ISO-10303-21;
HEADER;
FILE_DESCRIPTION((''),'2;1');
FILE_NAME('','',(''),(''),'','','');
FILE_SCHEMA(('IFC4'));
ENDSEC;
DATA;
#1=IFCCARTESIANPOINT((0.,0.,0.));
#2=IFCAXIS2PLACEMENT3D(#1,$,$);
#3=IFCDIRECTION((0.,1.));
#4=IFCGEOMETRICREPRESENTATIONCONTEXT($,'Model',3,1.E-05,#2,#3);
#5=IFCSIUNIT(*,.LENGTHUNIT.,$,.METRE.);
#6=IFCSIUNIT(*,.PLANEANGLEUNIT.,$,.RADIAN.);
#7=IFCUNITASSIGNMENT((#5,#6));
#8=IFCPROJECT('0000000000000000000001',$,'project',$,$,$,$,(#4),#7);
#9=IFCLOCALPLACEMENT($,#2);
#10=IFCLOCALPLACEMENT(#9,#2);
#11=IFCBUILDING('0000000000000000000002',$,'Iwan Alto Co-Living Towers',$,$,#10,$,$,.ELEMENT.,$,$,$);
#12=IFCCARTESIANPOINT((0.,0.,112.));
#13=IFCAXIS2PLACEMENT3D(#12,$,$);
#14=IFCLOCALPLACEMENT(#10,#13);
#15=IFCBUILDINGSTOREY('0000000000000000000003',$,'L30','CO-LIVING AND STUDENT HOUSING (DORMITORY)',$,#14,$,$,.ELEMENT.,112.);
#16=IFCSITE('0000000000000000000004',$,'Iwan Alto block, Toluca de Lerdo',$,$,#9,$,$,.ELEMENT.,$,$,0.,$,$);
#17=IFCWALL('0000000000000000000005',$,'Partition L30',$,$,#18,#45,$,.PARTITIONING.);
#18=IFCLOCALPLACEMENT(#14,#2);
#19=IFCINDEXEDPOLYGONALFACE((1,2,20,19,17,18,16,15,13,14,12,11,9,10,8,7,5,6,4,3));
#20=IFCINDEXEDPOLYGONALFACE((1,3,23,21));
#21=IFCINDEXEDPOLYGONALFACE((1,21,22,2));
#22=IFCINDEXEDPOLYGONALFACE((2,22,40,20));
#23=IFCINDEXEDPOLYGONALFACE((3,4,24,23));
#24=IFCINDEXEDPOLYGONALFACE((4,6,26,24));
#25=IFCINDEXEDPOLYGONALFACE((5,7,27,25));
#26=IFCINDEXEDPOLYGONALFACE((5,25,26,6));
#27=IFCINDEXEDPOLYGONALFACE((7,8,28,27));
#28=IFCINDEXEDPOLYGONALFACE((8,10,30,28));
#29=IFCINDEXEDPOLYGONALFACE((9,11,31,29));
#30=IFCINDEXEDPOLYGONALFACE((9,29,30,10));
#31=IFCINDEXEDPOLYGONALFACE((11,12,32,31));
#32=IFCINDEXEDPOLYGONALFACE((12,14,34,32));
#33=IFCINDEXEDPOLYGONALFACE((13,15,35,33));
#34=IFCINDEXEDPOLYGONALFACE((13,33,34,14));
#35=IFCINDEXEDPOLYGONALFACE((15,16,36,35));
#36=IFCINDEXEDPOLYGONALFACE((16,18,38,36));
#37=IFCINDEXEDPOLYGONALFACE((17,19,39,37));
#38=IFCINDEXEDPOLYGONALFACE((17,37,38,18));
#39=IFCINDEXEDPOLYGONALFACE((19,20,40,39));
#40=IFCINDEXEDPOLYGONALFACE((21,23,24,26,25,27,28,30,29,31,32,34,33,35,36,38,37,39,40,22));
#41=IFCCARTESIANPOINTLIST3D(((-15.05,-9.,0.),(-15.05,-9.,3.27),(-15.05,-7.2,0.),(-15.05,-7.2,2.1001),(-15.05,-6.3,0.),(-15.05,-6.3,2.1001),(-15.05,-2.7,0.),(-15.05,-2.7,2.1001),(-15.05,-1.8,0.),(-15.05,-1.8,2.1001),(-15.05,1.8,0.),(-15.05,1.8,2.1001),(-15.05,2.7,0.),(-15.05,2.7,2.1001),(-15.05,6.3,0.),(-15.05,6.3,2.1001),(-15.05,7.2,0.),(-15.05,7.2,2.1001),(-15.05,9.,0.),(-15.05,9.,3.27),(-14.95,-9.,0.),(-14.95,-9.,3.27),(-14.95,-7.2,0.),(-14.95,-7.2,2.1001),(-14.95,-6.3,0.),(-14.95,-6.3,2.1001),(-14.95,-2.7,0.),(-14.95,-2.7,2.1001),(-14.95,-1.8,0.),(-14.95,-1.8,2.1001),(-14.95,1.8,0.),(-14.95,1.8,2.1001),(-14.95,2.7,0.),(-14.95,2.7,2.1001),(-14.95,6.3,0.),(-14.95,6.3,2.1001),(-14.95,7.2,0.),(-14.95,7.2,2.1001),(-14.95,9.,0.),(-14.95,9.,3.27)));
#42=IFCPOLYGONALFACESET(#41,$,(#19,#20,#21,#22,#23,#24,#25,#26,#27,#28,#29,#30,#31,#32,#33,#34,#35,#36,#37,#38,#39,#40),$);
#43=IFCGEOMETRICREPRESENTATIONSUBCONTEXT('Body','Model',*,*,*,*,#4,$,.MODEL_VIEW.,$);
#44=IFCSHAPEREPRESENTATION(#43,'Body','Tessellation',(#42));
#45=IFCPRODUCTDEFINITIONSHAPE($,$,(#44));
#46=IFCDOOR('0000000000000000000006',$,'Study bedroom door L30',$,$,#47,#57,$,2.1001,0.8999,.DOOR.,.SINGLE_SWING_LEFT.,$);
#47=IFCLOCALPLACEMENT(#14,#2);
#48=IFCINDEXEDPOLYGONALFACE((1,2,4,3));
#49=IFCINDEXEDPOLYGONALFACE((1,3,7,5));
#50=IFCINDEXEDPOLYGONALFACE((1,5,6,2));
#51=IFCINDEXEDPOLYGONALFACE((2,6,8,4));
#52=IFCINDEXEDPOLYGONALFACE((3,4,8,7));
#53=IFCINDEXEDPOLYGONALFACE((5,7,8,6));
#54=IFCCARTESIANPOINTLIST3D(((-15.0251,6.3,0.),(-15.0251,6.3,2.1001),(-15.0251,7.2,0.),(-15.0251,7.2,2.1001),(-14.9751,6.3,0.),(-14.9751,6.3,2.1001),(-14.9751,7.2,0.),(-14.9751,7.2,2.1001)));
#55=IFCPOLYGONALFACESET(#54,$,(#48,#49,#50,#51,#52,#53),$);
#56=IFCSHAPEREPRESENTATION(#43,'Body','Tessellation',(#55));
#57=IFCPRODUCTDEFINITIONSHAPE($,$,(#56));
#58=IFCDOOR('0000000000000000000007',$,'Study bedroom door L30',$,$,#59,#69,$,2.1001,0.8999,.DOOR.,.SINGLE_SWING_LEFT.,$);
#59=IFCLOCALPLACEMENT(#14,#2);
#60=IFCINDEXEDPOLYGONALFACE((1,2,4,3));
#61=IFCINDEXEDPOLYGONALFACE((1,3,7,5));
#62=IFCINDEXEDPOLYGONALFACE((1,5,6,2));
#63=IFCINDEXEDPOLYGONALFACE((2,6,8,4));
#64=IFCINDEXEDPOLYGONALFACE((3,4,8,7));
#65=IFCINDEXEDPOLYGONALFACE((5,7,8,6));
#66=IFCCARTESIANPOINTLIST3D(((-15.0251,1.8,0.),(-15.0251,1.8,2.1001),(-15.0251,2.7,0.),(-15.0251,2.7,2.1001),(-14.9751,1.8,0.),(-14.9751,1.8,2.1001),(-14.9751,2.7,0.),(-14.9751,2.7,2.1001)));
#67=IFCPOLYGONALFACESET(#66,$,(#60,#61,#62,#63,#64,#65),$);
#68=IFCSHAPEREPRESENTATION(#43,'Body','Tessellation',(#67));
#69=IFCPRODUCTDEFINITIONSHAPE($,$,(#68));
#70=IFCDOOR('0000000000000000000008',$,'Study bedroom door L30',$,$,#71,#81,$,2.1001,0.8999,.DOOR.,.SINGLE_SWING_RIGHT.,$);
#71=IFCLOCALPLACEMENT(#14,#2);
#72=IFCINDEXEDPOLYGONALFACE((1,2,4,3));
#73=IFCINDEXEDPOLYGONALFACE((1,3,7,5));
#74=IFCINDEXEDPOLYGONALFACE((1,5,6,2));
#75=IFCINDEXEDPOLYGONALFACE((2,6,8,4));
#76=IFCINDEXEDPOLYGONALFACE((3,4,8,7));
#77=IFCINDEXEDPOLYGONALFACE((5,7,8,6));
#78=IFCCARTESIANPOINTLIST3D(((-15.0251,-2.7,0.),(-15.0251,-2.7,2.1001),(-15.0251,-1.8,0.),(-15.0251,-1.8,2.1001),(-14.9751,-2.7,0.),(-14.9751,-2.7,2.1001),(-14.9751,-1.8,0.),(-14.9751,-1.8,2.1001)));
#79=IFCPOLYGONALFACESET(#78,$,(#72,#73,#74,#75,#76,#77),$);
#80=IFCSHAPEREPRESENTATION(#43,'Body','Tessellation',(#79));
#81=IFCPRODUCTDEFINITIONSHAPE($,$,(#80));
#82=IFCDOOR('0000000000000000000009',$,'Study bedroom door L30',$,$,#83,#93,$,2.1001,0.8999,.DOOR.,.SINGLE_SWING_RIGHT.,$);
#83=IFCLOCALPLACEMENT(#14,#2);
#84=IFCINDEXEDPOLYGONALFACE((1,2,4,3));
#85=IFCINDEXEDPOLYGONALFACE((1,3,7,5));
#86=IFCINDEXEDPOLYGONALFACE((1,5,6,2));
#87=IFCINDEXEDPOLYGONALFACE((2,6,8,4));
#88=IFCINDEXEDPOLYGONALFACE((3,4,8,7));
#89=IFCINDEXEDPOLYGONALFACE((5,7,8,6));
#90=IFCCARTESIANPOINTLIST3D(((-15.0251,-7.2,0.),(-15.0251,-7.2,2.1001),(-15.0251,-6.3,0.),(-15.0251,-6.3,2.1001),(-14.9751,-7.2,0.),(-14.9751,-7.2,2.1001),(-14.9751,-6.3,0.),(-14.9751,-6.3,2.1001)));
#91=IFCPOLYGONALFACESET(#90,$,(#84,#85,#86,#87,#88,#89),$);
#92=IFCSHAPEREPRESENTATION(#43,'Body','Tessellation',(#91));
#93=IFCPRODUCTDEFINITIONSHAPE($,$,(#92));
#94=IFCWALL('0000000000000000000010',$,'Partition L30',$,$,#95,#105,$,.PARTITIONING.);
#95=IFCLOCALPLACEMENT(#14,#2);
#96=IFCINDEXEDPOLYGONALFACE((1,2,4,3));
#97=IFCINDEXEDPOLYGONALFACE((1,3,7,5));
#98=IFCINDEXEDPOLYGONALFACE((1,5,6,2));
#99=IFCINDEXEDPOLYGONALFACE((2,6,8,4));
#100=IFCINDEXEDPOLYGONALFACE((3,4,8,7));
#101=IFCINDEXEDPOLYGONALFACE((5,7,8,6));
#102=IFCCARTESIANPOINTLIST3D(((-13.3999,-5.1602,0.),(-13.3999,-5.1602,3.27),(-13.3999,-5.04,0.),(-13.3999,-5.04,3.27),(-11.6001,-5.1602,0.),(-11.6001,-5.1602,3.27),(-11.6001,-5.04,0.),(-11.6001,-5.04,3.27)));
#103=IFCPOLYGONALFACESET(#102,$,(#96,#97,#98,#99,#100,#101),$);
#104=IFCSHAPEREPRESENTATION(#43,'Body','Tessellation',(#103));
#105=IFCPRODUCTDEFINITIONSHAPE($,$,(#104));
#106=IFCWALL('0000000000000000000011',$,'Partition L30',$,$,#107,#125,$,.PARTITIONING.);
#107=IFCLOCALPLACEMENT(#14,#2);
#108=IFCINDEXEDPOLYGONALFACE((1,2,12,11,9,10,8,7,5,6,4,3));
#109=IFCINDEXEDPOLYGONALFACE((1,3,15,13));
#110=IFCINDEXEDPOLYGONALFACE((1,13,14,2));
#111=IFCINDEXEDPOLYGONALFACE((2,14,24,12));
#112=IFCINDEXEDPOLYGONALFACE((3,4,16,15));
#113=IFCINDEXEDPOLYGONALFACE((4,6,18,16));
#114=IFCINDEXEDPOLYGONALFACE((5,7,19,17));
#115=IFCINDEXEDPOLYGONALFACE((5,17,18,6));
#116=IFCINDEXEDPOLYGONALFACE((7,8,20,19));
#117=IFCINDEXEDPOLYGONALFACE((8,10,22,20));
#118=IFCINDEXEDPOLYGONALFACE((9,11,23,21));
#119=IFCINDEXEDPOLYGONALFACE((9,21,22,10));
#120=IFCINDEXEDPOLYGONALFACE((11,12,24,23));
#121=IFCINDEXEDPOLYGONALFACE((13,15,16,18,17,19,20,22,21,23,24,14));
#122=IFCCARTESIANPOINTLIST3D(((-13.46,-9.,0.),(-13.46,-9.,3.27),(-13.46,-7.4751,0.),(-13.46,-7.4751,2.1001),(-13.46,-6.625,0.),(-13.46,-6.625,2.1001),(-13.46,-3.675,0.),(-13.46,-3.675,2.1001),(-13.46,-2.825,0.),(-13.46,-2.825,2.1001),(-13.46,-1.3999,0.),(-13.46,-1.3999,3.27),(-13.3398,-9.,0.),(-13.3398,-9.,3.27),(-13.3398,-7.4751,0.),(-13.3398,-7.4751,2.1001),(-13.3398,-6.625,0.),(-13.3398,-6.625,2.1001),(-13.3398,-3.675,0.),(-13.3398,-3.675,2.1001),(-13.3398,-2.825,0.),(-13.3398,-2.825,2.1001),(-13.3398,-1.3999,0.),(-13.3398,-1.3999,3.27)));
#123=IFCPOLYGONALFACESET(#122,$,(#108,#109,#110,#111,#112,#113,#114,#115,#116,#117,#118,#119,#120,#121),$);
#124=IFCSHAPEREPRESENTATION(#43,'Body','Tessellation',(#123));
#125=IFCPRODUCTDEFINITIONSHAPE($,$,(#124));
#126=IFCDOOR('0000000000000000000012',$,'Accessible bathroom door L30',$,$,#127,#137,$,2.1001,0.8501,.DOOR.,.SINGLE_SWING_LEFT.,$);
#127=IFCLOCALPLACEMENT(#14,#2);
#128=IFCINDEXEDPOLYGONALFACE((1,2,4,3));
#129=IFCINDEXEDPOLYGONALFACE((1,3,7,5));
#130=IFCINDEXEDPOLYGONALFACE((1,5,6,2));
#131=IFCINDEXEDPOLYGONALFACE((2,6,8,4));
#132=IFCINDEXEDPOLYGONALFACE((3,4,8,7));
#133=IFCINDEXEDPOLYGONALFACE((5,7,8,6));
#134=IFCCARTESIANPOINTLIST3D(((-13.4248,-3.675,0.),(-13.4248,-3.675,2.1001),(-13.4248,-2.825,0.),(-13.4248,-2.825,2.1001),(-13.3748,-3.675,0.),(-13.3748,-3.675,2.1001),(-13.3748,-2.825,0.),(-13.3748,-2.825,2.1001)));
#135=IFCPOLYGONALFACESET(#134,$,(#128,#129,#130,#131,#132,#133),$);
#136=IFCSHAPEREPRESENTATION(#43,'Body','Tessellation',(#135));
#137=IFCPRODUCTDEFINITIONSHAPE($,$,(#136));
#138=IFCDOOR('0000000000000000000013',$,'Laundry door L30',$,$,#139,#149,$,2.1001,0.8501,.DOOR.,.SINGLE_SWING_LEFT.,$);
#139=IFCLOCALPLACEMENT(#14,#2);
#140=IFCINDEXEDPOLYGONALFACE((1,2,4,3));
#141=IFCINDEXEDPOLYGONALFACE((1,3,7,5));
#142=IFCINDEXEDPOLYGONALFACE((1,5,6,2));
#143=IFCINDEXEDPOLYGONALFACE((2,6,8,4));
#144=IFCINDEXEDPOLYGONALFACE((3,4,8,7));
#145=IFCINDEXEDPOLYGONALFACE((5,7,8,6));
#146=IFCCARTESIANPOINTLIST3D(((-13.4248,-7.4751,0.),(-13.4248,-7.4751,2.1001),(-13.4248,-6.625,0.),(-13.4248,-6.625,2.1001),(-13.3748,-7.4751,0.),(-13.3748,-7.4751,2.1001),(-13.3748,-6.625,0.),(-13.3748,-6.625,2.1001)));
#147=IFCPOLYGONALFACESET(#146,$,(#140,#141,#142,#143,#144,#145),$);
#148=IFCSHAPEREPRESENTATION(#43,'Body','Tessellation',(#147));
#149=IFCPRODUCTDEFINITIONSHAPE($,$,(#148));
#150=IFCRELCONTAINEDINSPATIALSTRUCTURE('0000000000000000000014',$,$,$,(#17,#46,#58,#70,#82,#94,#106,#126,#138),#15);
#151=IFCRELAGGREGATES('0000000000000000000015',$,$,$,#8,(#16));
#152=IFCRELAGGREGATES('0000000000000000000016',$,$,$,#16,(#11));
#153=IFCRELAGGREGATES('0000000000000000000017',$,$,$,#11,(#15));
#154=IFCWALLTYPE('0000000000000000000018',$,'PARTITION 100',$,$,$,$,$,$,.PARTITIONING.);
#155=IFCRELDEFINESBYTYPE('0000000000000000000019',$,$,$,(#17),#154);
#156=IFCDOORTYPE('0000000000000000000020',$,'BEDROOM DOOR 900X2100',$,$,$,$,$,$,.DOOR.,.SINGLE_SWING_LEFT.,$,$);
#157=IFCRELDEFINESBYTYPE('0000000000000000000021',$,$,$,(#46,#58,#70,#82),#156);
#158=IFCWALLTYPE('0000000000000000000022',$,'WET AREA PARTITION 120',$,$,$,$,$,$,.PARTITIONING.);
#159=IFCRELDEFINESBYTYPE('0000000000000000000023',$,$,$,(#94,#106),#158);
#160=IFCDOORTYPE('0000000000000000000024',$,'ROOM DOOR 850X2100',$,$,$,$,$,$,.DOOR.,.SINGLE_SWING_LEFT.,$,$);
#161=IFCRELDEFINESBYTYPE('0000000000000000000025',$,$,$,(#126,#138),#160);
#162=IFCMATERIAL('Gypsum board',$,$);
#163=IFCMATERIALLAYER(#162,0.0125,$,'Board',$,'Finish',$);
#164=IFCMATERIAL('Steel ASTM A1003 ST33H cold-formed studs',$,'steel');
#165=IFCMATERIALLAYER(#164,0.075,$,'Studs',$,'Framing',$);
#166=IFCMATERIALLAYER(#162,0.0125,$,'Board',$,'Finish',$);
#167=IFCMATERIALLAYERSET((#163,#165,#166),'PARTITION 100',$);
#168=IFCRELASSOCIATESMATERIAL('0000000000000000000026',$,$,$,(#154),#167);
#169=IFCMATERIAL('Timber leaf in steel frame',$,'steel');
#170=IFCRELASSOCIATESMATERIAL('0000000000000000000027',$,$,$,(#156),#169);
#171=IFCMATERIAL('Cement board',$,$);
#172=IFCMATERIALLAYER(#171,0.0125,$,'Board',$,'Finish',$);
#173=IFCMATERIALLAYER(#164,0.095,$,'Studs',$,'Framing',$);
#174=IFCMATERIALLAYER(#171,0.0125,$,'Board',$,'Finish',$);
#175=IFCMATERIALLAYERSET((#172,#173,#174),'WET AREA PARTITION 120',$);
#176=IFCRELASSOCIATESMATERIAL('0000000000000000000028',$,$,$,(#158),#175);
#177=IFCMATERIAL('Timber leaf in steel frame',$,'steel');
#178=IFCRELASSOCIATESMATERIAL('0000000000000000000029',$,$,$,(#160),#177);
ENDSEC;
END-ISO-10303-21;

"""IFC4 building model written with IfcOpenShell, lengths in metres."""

from ifc_helpers import new_model, si_unit, direction, frame, frame_2d, origin, place, context, subcontext, project, spatial, rectangle, extrude, material, layer, layer_set, type_object, element, fill, save


model = new_model("IFC4")

# Units and contexts
model_context = context("Model", 3, precision=1e-05, world=origin(), true_north=direction((0.0, 1.0)))
body_context = subcontext(model_context, "Body", "Model", "MODEL_VIEW")
ifc_project = project(units=[si_unit("LENGTHUNIT", "METRE"), si_unit("PLANEANGLEUNIT", "RADIAN")], contexts=[model_context])

# Site, building, storey
site_placement = place(None, origin())
site = spatial("IfcSite", under=ifc_project, at=site_placement, Name="Iwan Alto block, Toluca de Lerdo", CompositionType="ELEMENT", RefElevation=0.0)
building_placement = place(site_placement, origin())
building = spatial("IfcBuilding", under=site, at=building_placement, Name="Iwan Alto Co-Living Towers", CompositionType="ELEMENT")
storey_placement = place(building_placement, frame((0.0, 0.0, 112.0)))
storey = spatial("IfcBuildingStorey", under=building, at=storey_placement, Name="L30", Description="CO-LIVING AND STUDENT HOUSING (DORMITORY)", CompositionType="ELEMENT", Elevation=112.0)

# Shared definitions
ifc_material_1 = material(Name="Gypsum board")
ifc_material_2 = material(Name="Steel ASTM A1003 ST33H cold-formed studs", Category="steel")

# Wall, openings, doors
ifc_layer_1 = layer(ifc_material_1, 0.0125, Name="Board", Category="Finish")
ifc_layer_2 = layer(ifc_material_2, 0.075, Name="Studs", Category="Framing")
ifc_layer_3 = layer(ifc_material_1, 0.0125, Name="Board", Category="Finish")
ifc_layer_set_1 = layer_set([ifc_layer_1, ifc_layer_2, ifc_layer_3], Name="PARTITION 100")
wall_type_1 = type_object("IfcWallType", Name="PARTITION 100", PredefinedType="PARTITIONING", material=ifc_layer_set_1)
wall_1_placement = place(storey_placement, frame((-15.0, -9.0, 0.0), z_axis=(0.0, 0.0, 1.0), x_axis=(0.0, 1.0, 0.0)))
wall_1 = element("IfcWall", 1, at=wall_1_placement, inside=storey, type_object=wall_type_1, Name="Partition L30", PredefinedType="PARTITIONING", context=body_context, shape_type="SweptSolid", body=[
    extrude(rectangle(XDim=18.0, YDim=0.1001, at=frame_2d((9.0, 0.0))), origin(), (0.0, 0.0, 1.0), 3.27),
])
opening_1_placement = place(wall_1_placement, frame((15.3, 0.0, 0.0)))
opening_1 = element("IfcOpeningElement", 2, at=opening_1_placement, cuts=wall_1, PredefinedType="OPENING", context=body_context, shape_type="SweptSolid", body=[
    extrude(rectangle(XDim=0.8999, YDim=2.1001, at=frame_2d((0.45, 1.05))), frame((0.0, 0.0601, 0.0), z_axis=(0.0, -1.0, 0.0), x_axis=(1.0, 0.0, 0.0)), (0.0, 0.0, 1.0), 0.1201),
])
opening_2_placement = place(wall_1_placement, frame((10.8, 0.0, 0.0)))
opening_2 = element("IfcOpeningElement", 3, at=opening_2_placement, cuts=wall_1, PredefinedType="OPENING", context=body_context, shape_type="SweptSolid", body=[
    extrude(rectangle(XDim=0.8999, YDim=2.1001, at=frame_2d((0.45, 1.05))), frame((0.0, 0.0601, 0.0), z_axis=(0.0, -1.0, 0.0), x_axis=(1.0, 0.0, 0.0)), (0.0, 0.0, 1.0), 0.1201),
])
opening_3_placement = place(wall_1_placement, frame((6.3, 0.0, 0.0)))
opening_3 = element("IfcOpeningElement", 4, at=opening_3_placement, cuts=wall_1, PredefinedType="OPENING", context=body_context, shape_type="SweptSolid", body=[
    extrude(rectangle(XDim=0.8999, YDim=2.1001, at=frame_2d((0.45, 1.05))), frame((0.0, 0.0601, 0.0), z_axis=(0.0, -1.0, 0.0), x_axis=(1.0, 0.0, 0.0)), (0.0, 0.0, 1.0), 0.1201),
])
opening_4_placement = place(wall_1_placement, frame((1.8, 0.0, 0.0)))
opening_4 = element("IfcOpeningElement", 5, at=opening_4_placement, cuts=wall_1, PredefinedType="OPENING", context=body_context, shape_type="SweptSolid", body=[
    extrude(rectangle(XDim=0.8999, YDim=2.1001, at=frame_2d((0.45, 1.05))), frame((0.0, 0.0601, 0.0), z_axis=(0.0, -1.0, 0.0), x_axis=(1.0, 0.0, 0.0)), (0.0, 0.0, 1.0), 0.1201),
])
ifc_material_3 = material(Name="Timber leaf in steel frame", Category="steel")
door_type_1 = type_object("IfcDoorType", Name="BEDROOM DOOR 900X2100", OperationType="SINGLE_SWING_LEFT", PredefinedType="DOOR", material=ifc_material_3)
door_1_placement = place(opening_1_placement, frame((0.8999, 0.0, 0.0), z_axis=(0.0, 0.0, 1.0), x_axis=(-1.0, 0.0, 0.0)))
door_1 = element("IfcDoor", 6, at=door_1_placement, inside=storey, type_object=door_type_1, Name="Study bedroom door L30", OperationType="SINGLE_SWING_LEFT", OverallHeight=2.1001, OverallWidth=0.8999, PredefinedType="DOOR", context=body_context, shape_type="SweptSolid", body=[
    extrude(rectangle(XDim=0.8999, YDim=2.1001, at=frame_2d((0.45, 1.05))), frame((0.0, 0.0249, 0.0), z_axis=(0.0, -1.0, 0.0), x_axis=(1.0, 0.0, 0.0)), (0.0, 0.0, 1.0), 0.05),
])
fill(opening_1, door_1)
door_2_placement = place(opening_2_placement, frame((0.8999, 0.0, 0.0), z_axis=(0.0, 0.0, 1.0), x_axis=(-1.0, 0.0, 0.0)))
door_2 = element("IfcDoor", 7, at=door_2_placement, inside=storey, type_object=door_type_1, Name="Study bedroom door L30", OperationType="SINGLE_SWING_LEFT", OverallHeight=2.1001, OverallWidth=0.8999, PredefinedType="DOOR", context=body_context, shape_type="SweptSolid", body=[
    extrude(rectangle(XDim=0.8999, YDim=2.1001, at=frame_2d((0.45, 1.05))), frame((0.0, 0.0249, 0.0), z_axis=(0.0, -1.0, 0.0), x_axis=(1.0, 0.0, 0.0)), (0.0, 0.0, 1.0), 0.05),
])
fill(opening_2, door_2)
door_3_placement = place(opening_3_placement, frame((0.8999, 0.0, 0.0), z_axis=(0.0, 0.0, 1.0), x_axis=(-1.0, 0.0, 0.0)))
door_3 = element("IfcDoor", 8, at=door_3_placement, inside=storey, type_object=door_type_1, Name="Study bedroom door L30", OperationType="SINGLE_SWING_RIGHT", OverallHeight=2.1001, OverallWidth=0.8999, PredefinedType="DOOR", context=body_context, shape_type="SweptSolid", body=[
    extrude(rectangle(XDim=0.8999, YDim=2.1001, at=frame_2d((0.45, 1.05))), frame((0.0, 0.0249, 0.0), z_axis=(0.0, -1.0, 0.0), x_axis=(1.0, 0.0, 0.0)), (0.0, 0.0, 1.0), 0.05),
])
fill(opening_3, door_3)
door_4_placement = place(opening_4_placement, frame((0.8999, 0.0, 0.0), z_axis=(0.0, 0.0, 1.0), x_axis=(-1.0, 0.0, 0.0)))
door_4 = element("IfcDoor", 9, at=door_4_placement, inside=storey, type_object=door_type_1, Name="Study bedroom door L30", OperationType="SINGLE_SWING_RIGHT", OverallHeight=2.1001, OverallWidth=0.8999, PredefinedType="DOOR", context=body_context, shape_type="SweptSolid", body=[
    extrude(rectangle(XDim=0.8999, YDim=2.1001, at=frame_2d((0.45, 1.05))), frame((0.0, 0.0249, 0.0), z_axis=(0.0, -1.0, 0.0), x_axis=(1.0, 0.0, 0.0)), (0.0, 0.0, 1.0), 0.05),
])
fill(opening_4, door_4)

# Wall
ifc_material_4 = material(Name="Cement board")
ifc_layer_4 = layer(ifc_material_4, 0.0125, Name="Board", Category="Finish")
ifc_layer_5 = layer(ifc_material_2, 0.095, Name="Studs", Category="Framing")
ifc_layer_6 = layer(ifc_material_4, 0.0125, Name="Board", Category="Finish")
ifc_layer_set_2 = layer_set([ifc_layer_4, ifc_layer_5, ifc_layer_6], Name="WET AREA PARTITION 120")
wall_type_2 = type_object("IfcWallType", Name="WET AREA PARTITION 120", PredefinedType="PARTITIONING", material=ifc_layer_set_2)
wall_2_placement = place(storey_placement, frame((-13.3999, -5.1001, 0.0), z_axis=(0.0, 0.0, 1.0), x_axis=(1.0, 0.0, 0.0)))
element("IfcWall", 10, at=wall_2_placement, inside=storey, type_object=wall_type_2, Name="Partition L30", PredefinedType="PARTITIONING", context=body_context, shape_type="SweptSolid", body=[
    extrude(rectangle(XDim=1.7998, YDim=0.1201, at=frame_2d((0.8999, 0.0))), origin(), (0.0, 0.0, 1.0), 3.27),
])

# Wall, openings, doors
wall_3_placement = place(storey_placement, frame((-13.3999, -9.0, 0.0), z_axis=(0.0, 0.0, 1.0), x_axis=(0.0, 1.0, 0.0)))
wall_3 = element("IfcWall", 11, at=wall_3_placement, inside=storey, type_object=wall_type_2, Name="Partition L30", PredefinedType="PARTITIONING", context=body_context, shape_type="SweptSolid", body=[
    extrude(rectangle(XDim=7.6001, YDim=0.1201, at=frame_2d((3.8, 0.0))), origin(), (0.0, 0.0, 1.0), 3.27),
])
opening_5_placement = place(wall_3_placement, frame((5.325, 0.0, 0.0)))
opening_5 = element("IfcOpeningElement", 12, at=opening_5_placement, cuts=wall_3, PredefinedType="OPENING", context=body_context, shape_type="SweptSolid", body=[
    extrude(rectangle(XDim=0.8501, YDim=2.1001, at=frame_2d((0.425, 1.05))), frame((0.0, 0.0701, 0.0), z_axis=(0.0, -1.0, 0.0), x_axis=(1.0, 0.0, 0.0)), (0.0, 0.0, 1.0), 0.1401),
])
opening_6_placement = place(wall_3_placement, frame((1.5249, 0.0, 0.0)))
opening_6 = element("IfcOpeningElement", 13, at=opening_6_placement, cuts=wall_3, PredefinedType="OPENING", context=body_context, shape_type="SweptSolid", body=[
    extrude(rectangle(XDim=0.8501, YDim=2.1001, at=frame_2d((0.425, 1.05))), frame((0.0, 0.0701, 0.0), z_axis=(0.0, -1.0, 0.0), x_axis=(1.0, 0.0, 0.0)), (0.0, 0.0, 1.0), 0.1401),
])
ifc_material_5 = material(Name="Timber leaf in steel frame", Category="steel")
door_type_2 = type_object("IfcDoorType", Name="ROOM DOOR 850X2100", OperationType="SINGLE_SWING_LEFT", PredefinedType="DOOR", material=ifc_material_5)
door_5_placement = place(opening_5_placement, origin())
door_5 = element("IfcDoor", 14, at=door_5_placement, inside=storey, type_object=door_type_2, Name="Accessible bathroom door L30", OperationType="SINGLE_SWING_LEFT", OverallHeight=2.1001, OverallWidth=0.8501, PredefinedType="DOOR", context=body_context, shape_type="SweptSolid", body=[
    extrude(rectangle(XDim=0.8501, YDim=2.1001, at=frame_2d((0.425, 1.05))), frame((0.0, 0.0249, 0.0), z_axis=(0.0, -1.0, 0.0), x_axis=(1.0, 0.0, 0.0)), (0.0, 0.0, 1.0), 0.05),
])
fill(opening_5, door_5)
door_6_placement = place(opening_6_placement, origin())
door_6 = element("IfcDoor", 15, at=door_6_placement, inside=storey, type_object=door_type_2, Name="Laundry door L30", OperationType="SINGLE_SWING_LEFT", OverallHeight=2.1001, OverallWidth=0.8501, PredefinedType="DOOR", context=body_context, shape_type="SweptSolid", body=[
    extrude(rectangle(XDim=0.8501, YDim=2.1001, at=frame_2d((0.425, 1.05))), frame((0.0, 0.0249, 0.0), z_axis=(0.0, -1.0, 0.0), x_axis=(1.0, 0.0, 0.0)), (0.0, 0.0, 1.0), 0.05),
])
fill(opening_6, door_6)

save(model, "model.ifc")
